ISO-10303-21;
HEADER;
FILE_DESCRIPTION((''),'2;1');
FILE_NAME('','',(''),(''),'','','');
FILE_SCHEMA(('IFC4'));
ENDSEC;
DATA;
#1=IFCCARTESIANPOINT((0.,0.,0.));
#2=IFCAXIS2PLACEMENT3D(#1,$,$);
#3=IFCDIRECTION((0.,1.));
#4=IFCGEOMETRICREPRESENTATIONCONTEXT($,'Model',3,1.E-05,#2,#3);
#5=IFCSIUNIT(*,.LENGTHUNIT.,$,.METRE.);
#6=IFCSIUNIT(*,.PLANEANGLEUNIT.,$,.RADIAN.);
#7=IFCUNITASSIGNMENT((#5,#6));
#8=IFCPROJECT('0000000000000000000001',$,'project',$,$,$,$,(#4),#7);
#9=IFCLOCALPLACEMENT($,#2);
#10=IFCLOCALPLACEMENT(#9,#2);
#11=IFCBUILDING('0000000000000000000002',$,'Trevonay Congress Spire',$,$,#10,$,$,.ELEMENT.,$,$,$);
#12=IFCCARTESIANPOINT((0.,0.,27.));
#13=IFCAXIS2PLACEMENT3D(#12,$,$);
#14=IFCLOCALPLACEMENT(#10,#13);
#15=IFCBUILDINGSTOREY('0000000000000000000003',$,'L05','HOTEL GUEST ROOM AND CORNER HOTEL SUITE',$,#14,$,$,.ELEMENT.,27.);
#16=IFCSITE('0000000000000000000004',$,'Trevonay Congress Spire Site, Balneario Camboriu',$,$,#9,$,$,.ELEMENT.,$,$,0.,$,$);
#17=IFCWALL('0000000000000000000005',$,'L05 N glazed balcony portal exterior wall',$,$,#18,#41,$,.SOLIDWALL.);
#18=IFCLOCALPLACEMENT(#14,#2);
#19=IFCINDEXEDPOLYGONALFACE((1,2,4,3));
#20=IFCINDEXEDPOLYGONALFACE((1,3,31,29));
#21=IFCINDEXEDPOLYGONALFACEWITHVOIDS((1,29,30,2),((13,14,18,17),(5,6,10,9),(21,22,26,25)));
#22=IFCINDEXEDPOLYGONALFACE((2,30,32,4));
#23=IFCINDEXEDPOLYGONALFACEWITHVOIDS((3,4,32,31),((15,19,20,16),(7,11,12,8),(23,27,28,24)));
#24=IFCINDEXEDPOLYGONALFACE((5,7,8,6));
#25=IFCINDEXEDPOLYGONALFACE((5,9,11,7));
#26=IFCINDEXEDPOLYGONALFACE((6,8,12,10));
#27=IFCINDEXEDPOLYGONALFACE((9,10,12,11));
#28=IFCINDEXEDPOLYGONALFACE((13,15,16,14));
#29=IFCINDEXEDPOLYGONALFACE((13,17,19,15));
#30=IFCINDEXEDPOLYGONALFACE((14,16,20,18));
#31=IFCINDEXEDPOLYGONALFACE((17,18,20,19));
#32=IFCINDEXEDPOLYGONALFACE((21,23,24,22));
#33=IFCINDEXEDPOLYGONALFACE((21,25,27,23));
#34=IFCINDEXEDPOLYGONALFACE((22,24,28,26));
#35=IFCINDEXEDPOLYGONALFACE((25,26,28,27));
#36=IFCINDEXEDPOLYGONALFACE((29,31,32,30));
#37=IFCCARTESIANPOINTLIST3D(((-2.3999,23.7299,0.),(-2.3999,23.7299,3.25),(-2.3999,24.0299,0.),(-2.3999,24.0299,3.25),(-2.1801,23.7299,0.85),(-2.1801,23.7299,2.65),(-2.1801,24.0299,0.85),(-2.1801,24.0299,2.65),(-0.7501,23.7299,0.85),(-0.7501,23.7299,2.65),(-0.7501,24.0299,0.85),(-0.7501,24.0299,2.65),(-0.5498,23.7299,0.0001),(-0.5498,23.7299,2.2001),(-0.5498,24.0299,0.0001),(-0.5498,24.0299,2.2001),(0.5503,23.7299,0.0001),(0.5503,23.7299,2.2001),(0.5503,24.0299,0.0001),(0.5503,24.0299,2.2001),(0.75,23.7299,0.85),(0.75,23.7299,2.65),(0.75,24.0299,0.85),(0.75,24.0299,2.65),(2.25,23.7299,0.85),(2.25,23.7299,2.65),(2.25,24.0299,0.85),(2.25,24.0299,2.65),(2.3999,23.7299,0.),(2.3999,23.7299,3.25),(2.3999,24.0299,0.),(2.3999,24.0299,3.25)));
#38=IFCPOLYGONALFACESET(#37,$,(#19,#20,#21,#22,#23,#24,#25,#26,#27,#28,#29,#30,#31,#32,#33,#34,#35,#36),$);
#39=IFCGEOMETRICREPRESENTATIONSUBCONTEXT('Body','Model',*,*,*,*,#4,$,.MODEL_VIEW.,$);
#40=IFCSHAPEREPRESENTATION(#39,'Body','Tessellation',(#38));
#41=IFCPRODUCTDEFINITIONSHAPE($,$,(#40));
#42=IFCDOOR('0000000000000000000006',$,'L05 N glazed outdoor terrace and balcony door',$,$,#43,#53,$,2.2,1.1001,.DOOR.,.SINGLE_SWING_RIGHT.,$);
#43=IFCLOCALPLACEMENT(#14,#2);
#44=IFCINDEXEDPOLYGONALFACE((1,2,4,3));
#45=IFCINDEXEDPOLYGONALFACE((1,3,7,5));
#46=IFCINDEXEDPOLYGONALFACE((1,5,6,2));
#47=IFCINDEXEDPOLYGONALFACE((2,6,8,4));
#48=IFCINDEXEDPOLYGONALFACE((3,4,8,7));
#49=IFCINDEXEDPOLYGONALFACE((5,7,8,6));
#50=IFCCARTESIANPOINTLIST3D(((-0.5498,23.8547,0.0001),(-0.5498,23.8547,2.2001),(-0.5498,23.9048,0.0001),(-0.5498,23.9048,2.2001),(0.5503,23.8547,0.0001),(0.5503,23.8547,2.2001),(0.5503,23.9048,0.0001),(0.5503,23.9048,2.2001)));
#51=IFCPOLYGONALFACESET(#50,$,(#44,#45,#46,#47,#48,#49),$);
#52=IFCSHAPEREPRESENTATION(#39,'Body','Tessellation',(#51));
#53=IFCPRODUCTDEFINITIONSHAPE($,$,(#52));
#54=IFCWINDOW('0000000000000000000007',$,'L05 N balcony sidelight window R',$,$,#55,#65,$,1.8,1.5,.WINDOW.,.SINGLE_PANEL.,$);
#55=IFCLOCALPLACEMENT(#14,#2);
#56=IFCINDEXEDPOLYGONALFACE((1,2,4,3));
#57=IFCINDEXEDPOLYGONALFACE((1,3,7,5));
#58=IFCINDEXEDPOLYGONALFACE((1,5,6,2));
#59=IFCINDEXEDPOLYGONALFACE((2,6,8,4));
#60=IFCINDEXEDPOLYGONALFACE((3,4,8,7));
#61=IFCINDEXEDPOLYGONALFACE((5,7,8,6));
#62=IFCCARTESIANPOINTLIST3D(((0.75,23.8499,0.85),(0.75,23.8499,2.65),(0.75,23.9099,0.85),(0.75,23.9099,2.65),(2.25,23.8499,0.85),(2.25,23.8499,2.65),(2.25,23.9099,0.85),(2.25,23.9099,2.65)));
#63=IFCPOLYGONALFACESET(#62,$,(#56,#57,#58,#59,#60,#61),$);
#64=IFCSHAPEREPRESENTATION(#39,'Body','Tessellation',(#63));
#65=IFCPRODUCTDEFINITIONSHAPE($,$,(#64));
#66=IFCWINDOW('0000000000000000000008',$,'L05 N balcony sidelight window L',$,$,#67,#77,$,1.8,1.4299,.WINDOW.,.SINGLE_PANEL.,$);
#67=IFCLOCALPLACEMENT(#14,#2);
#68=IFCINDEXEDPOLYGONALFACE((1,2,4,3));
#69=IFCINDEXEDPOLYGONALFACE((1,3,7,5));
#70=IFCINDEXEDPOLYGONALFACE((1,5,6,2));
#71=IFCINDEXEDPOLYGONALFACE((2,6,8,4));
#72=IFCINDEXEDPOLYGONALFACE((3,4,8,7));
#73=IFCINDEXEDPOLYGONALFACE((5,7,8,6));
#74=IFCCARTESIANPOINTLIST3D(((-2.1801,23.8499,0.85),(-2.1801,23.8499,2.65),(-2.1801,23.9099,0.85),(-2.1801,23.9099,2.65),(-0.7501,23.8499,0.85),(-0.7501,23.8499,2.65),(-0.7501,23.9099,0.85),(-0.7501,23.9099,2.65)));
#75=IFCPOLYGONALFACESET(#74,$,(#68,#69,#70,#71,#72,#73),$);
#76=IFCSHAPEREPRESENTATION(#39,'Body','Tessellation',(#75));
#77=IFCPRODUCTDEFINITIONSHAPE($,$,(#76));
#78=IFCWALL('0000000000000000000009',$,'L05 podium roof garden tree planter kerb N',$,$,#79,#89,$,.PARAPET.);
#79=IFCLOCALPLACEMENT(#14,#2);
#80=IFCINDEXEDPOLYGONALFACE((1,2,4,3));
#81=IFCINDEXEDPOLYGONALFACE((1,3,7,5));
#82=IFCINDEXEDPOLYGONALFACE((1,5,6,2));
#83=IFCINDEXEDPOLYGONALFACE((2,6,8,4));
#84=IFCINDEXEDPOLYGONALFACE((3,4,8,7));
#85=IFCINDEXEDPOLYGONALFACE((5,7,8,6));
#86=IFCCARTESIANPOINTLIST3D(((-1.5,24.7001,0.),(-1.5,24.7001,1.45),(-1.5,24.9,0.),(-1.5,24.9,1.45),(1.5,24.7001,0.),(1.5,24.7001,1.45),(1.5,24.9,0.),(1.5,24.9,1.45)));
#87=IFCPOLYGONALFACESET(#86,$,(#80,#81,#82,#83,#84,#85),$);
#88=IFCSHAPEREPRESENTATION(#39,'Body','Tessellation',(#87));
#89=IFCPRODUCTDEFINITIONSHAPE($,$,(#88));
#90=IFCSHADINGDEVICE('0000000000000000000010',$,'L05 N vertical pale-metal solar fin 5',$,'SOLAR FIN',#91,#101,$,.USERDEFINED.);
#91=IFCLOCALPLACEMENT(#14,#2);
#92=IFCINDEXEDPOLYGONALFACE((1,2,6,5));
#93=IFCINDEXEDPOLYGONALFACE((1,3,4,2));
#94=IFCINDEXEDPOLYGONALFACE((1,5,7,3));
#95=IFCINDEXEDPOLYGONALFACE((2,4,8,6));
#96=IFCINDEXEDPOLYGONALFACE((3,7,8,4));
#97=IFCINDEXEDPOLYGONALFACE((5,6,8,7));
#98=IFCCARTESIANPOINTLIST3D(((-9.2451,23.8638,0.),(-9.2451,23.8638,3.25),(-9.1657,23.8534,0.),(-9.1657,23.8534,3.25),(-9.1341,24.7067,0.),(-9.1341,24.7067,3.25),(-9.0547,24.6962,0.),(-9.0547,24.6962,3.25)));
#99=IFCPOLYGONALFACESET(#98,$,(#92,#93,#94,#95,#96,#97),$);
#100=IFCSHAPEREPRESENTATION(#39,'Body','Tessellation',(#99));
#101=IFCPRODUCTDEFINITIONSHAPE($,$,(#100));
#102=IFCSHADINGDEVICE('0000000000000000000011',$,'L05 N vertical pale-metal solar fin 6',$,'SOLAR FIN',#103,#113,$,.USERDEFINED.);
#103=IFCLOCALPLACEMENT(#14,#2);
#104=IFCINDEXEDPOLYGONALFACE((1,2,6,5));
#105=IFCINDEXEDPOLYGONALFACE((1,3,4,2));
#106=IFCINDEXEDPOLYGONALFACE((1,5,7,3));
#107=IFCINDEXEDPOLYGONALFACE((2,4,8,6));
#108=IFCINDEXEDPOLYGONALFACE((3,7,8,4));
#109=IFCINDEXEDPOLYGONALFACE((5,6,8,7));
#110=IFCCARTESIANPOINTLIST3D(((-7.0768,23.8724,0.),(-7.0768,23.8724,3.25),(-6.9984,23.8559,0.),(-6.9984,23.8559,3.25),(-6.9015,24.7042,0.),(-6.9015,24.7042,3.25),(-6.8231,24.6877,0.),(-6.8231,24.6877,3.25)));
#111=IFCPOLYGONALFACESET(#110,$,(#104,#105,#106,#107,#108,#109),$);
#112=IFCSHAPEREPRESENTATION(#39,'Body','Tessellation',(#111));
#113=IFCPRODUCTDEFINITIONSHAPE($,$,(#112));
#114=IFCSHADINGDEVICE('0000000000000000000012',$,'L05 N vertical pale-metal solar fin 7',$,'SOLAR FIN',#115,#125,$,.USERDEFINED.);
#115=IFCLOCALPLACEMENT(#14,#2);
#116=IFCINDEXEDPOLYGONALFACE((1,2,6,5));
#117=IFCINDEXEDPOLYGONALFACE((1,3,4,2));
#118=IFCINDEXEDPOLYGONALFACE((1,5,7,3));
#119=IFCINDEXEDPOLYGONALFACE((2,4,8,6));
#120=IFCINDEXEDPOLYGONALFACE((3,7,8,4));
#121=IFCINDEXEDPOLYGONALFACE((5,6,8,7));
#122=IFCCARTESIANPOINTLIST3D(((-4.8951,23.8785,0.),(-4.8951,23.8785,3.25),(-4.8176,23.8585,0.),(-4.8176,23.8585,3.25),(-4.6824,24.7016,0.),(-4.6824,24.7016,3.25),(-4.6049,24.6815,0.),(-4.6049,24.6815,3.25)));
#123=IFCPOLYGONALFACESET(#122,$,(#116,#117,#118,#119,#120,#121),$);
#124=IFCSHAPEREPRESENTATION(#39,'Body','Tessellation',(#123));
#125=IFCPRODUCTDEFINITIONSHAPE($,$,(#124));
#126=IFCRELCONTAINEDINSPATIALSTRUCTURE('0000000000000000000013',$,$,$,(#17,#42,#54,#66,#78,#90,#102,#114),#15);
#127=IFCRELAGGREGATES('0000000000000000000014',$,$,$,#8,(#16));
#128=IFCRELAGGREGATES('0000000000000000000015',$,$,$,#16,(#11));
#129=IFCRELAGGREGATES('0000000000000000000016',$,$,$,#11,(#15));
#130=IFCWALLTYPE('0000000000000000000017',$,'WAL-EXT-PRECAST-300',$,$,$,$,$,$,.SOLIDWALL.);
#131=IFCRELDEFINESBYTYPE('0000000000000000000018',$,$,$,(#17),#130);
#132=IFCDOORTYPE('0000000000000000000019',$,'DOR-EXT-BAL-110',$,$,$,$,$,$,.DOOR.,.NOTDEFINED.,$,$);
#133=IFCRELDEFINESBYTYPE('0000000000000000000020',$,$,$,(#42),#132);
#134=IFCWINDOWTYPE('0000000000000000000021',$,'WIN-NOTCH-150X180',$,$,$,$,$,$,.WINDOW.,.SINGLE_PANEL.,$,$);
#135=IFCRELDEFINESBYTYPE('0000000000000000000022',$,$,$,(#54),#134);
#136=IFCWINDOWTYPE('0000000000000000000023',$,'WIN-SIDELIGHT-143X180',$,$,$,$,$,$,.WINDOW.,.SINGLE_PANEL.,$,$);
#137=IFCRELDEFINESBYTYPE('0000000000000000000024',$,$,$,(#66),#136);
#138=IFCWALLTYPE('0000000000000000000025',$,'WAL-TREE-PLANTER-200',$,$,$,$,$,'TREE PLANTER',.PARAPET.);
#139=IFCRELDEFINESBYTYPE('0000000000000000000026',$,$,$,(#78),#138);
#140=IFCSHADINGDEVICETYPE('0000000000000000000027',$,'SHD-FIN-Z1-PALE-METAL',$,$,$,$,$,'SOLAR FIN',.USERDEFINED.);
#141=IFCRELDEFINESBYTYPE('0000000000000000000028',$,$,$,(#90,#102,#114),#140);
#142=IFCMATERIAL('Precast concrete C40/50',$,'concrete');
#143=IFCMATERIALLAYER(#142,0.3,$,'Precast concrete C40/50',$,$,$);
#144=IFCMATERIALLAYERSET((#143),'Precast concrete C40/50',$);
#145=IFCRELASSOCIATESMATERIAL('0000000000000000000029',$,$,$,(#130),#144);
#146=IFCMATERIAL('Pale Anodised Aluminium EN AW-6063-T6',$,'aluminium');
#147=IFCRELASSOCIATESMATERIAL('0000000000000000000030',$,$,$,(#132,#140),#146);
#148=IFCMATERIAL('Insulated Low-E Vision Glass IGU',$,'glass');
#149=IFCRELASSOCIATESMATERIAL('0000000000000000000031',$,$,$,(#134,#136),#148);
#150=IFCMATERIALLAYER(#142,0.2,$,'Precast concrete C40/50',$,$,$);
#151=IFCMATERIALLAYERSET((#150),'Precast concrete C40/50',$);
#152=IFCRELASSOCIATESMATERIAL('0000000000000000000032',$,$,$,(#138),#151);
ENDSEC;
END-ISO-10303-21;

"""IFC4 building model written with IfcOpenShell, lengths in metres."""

from ifc_helpers import new_model, si_unit, direction, frame, frame_2d, origin, origin_2d, place, context, subcontext, project, spatial, rectangle, extrude, material, layer, layer_set, type_object, element, fill, save


model = new_model("IFC4")

# Units and contexts
model_context = context("Model", 3, precision=1e-05, world=origin(), true_north=direction((0.0, 1.0)))
body_context = subcontext(model_context, "Body", "Model", "MODEL_VIEW")
ifc_project = project(units=[si_unit("LENGTHUNIT", "METRE"), si_unit("PLANEANGLEUNIT", "RADIAN")], contexts=[model_context])

# Site, building, storey
site_placement = place(None, origin())
site = spatial("IfcSite", under=ifc_project, at=site_placement, Name="Trevonay Congress Spire Site, Balneario Camboriu", CompositionType="ELEMENT", RefElevation=0.0)
building_placement = place(site_placement, origin())
building = spatial("IfcBuilding", under=site, at=building_placement, Name="Trevonay Congress Spire", CompositionType="ELEMENT")
storey_placement = place(building_placement, frame((0.0, 0.0, 27.0)))
storey = spatial("IfcBuildingStorey", under=building, at=storey_placement, Name="L05", Description="HOTEL GUEST ROOM AND CORNER HOTEL SUITE", CompositionType="ELEMENT", Elevation=27.0)

# Shared definitions
ifc_material_1 = material(Name="Pale Anodised Aluminium EN AW-6063-T6", Category="aluminium")
ifc_material_2 = material(Name="Insulated Low-E Vision Glass IGU", Category="glass")

# Wall, openings, door, windows
ifc_material_3 = material(Name="Precast concrete C40/50", Category="concrete")
ifc_layer_1 = layer(ifc_material_3, 0.3, Name="Precast concrete C40/50")
ifc_layer_set_1 = layer_set([ifc_layer_1], Name="Precast concrete C40/50")
wall_type_1 = type_object("IfcWallType", Name="WAL-EXT-PRECAST-300", PredefinedType="SOLIDWALL", material=ifc_layer_set_1)
wall_1_placement = place(storey_placement, frame((-2.3999, 23.8799, 0.0), z_axis=(0.0, 0.0, 1.0), x_axis=(1.0, 0.0, 0.0)))
wall_1 = element("IfcWall", 1, at=wall_1_placement, inside=storey, type_object=wall_type_1, Name="L05 N glazed balcony portal exterior wall", PredefinedType="SOLIDWALL", context=body_context, shape_type="SweptSolid", body=[
    extrude(rectangle(XDim=4.7998, YDim=0.3, at=frame_2d((2.3999, 0.0))), origin(), (0.0, 0.0, 1.0), 3.25),
])
opening_1_placement = place(wall_1_placement, frame((1.8501, 0.0, 0.0)))
opening_1 = element("IfcOpeningElement", 2, at=opening_1_placement, cuts=wall_1, PredefinedType="OPENING", context=body_context, shape_type="SweptSolid", body=[
    extrude(rectangle(XDim=1.1001, YDim=2.2, at=frame_2d((0.55, 1.1001))), frame((0.0, 0.1602, 0.0), z_axis=(0.0, -1.0, 0.0), x_axis=(1.0, 0.0, 0.0)), (0.0, 0.0, 1.0), 0.3201),
])
opening_2_placement = place(wall_1_placement, frame((0.22, 0.0, 0.8501)))
opening_2 = element("IfcOpeningElement", 3, at=opening_2_placement, cuts=wall_1, PredefinedType="OPENING", context=body_context, shape_type="SweptSolid", body=[
    extrude(rectangle(XDim=1.4299, YDim=1.8, at=frame_2d((0.7148, 0.8999))), frame((0.0, 0.1602, 0.0), z_axis=(0.0, -1.0, 0.0), x_axis=(1.0, 0.0, 0.0)), (0.0, 0.0, 1.0), 0.3201),
])
opening_3_placement = place(wall_1_placement, frame((3.1499, 0.0, 0.8501)))
opening_3 = element("IfcOpeningElement", 4, at=opening_3_placement, cuts=wall_1, PredefinedType="OPENING", context=body_context, shape_type="SweptSolid", body=[
    extrude(rectangle(XDim=1.5, YDim=1.8, at=frame_2d((0.75, 0.8999))), frame((0.0, 0.1602, 0.0), z_axis=(0.0, -1.0, 0.0), x_axis=(1.0, 0.0, 0.0)), (0.0, 0.0, 1.0), 0.3201),
])
door_type_1 = type_object("IfcDoorType", Name="DOR-EXT-BAL-110", OperationType="NOTDEFINED", PredefinedType="DOOR", material=ifc_material_1)
door_1_placement = place(opening_1_placement, origin())
door_1 = element("IfcDoor", 5, at=door_1_placement, inside=storey, type_object=door_type_1, Name="L05 N glazed outdoor terrace and balcony door", OperationType="SINGLE_SWING_RIGHT", OverallHeight=2.2, OverallWidth=1.1001, PredefinedType="DOOR", context=body_context, shape_type="SweptSolid", body=[
    extrude(rectangle(XDim=1.1001, YDim=2.2, at=frame_2d((0.55, 1.1001))), frame((0.0, 0.0249, 0.0), z_axis=(0.0, -1.0, 0.0), x_axis=(1.0, 0.0, 0.0)), (0.0, 0.0, 1.0), 0.05),
])
fill(opening_1, door_1)
window_type_1 = type_object("IfcWindowType", Name="WIN-NOTCH-150X180", PartitioningType="SINGLE_PANEL", PredefinedType="WINDOW", material=ifc_material_2)
window_1_placement = place(opening_3_placement, origin())
window_1 = element("IfcWindow", 6, at=window_1_placement, inside=storey, type_object=window_type_1, Name="L05 N balcony sidelight window R", OverallHeight=1.8, OverallWidth=1.5, PartitioningType="SINGLE_PANEL", PredefinedType="WINDOW", context=body_context, shape_type="SweptSolid", body=[
    extrude(rectangle(XDim=1.5, YDim=1.8, at=frame_2d((0.75, 0.8999))), frame((0.0, 0.03, 0.0), z_axis=(0.0, -1.0, 0.0), x_axis=(1.0, 0.0, 0.0)), (0.0, 0.0, 1.0), 0.0601),
])
fill(opening_3, window_1)
window_type_2 = type_object("IfcWindowType", Name="WIN-SIDELIGHT-143X180", PartitioningType="SINGLE_PANEL", PredefinedType="WINDOW", material=ifc_material_2)
window_2_placement = place(opening_2_placement, origin())
window_2 = element("IfcWindow", 7, at=window_2_placement, inside=storey, type_object=window_type_2, Name="L05 N balcony sidelight window L", OverallHeight=1.8, OverallWidth=1.4299, PartitioningType="SINGLE_PANEL", PredefinedType="WINDOW", context=body_context, shape_type="SweptSolid", body=[
    extrude(rectangle(XDim=1.4299, YDim=1.8, at=frame_2d((0.7148, 0.8999))), frame((0.0, 0.03, 0.0), z_axis=(0.0, -1.0, 0.0), x_axis=(1.0, 0.0, 0.0)), (0.0, 0.0, 1.0), 0.0601),
])
fill(opening_2, window_2)

# Wall
ifc_layer_2 = layer(ifc_material_3, 0.2, Name="Precast concrete C40/50")
ifc_layer_set_2 = layer_set([ifc_layer_2], Name="Precast concrete C40/50")
wall_type_2 = type_object("IfcWallType", Name="WAL-TREE-PLANTER-200", ElementType="TREE PLANTER", PredefinedType="PARAPET", material=ifc_layer_set_2)
wall_2_placement = place(storey_placement, frame((-1.5, 24.8, 0.0), z_axis=(0.0, 0.0, 1.0), x_axis=(1.0, 0.0, 0.0)))
element("IfcWall", 8, at=wall_2_placement, inside=storey, type_object=wall_type_2, Name="L05 podium roof garden tree planter kerb N", PredefinedType="PARAPET", context=body_context, shape_type="SweptSolid", body=[
    extrude(rectangle(XDim=3.0, YDim=0.2, at=frame_2d((1.5, 0.0))), origin(), (0.0, 0.0, 1.0), 1.45),
])

# Shading devices
shading_device_type = type_object("IfcShadingDeviceType", Name="SHD-FIN-Z1-PALE-METAL", ElementType="SOLAR FIN", PredefinedType="USERDEFINED", material=ifc_material_1)
for number, where, z_axis, x_axis, name in (
    (9, (-9.1499, 24.28, 0.0), (0.0, 0.0, 1.0), (0.991445, -0.130526, 0.0), "L05 N vertical pale-metal solar fin 5"),
    (10, (-6.95, 24.28, 0.0), (0.0, 0.0, 1.0), (0.978509, -0.206204, 0.0), "L05 N vertical pale-metal solar fin 6"),
    (11, (-4.75, 24.28, 0.0), (0.0, 0.0, 1.0), (0.968191, -0.250211, 0.0), "L05 N vertical pale-metal solar fin 7"),
):
    element("IfcShadingDevice", number, at=place(storey_placement, frame(where, z_axis=z_axis, x_axis=x_axis)), inside=storey, type_object=shading_device_type, Name=name, ObjectType="SOLAR FIN", PredefinedType="USERDEFINED", context=body_context, shape_type="SweptSolid", body=[
        extrude(rectangle(XDim=0.0801, YDim=0.8501, at=origin_2d()), origin(), (0.0, 0.0, 1.0), 3.25),
    ])

save(model, "model.ifc")
